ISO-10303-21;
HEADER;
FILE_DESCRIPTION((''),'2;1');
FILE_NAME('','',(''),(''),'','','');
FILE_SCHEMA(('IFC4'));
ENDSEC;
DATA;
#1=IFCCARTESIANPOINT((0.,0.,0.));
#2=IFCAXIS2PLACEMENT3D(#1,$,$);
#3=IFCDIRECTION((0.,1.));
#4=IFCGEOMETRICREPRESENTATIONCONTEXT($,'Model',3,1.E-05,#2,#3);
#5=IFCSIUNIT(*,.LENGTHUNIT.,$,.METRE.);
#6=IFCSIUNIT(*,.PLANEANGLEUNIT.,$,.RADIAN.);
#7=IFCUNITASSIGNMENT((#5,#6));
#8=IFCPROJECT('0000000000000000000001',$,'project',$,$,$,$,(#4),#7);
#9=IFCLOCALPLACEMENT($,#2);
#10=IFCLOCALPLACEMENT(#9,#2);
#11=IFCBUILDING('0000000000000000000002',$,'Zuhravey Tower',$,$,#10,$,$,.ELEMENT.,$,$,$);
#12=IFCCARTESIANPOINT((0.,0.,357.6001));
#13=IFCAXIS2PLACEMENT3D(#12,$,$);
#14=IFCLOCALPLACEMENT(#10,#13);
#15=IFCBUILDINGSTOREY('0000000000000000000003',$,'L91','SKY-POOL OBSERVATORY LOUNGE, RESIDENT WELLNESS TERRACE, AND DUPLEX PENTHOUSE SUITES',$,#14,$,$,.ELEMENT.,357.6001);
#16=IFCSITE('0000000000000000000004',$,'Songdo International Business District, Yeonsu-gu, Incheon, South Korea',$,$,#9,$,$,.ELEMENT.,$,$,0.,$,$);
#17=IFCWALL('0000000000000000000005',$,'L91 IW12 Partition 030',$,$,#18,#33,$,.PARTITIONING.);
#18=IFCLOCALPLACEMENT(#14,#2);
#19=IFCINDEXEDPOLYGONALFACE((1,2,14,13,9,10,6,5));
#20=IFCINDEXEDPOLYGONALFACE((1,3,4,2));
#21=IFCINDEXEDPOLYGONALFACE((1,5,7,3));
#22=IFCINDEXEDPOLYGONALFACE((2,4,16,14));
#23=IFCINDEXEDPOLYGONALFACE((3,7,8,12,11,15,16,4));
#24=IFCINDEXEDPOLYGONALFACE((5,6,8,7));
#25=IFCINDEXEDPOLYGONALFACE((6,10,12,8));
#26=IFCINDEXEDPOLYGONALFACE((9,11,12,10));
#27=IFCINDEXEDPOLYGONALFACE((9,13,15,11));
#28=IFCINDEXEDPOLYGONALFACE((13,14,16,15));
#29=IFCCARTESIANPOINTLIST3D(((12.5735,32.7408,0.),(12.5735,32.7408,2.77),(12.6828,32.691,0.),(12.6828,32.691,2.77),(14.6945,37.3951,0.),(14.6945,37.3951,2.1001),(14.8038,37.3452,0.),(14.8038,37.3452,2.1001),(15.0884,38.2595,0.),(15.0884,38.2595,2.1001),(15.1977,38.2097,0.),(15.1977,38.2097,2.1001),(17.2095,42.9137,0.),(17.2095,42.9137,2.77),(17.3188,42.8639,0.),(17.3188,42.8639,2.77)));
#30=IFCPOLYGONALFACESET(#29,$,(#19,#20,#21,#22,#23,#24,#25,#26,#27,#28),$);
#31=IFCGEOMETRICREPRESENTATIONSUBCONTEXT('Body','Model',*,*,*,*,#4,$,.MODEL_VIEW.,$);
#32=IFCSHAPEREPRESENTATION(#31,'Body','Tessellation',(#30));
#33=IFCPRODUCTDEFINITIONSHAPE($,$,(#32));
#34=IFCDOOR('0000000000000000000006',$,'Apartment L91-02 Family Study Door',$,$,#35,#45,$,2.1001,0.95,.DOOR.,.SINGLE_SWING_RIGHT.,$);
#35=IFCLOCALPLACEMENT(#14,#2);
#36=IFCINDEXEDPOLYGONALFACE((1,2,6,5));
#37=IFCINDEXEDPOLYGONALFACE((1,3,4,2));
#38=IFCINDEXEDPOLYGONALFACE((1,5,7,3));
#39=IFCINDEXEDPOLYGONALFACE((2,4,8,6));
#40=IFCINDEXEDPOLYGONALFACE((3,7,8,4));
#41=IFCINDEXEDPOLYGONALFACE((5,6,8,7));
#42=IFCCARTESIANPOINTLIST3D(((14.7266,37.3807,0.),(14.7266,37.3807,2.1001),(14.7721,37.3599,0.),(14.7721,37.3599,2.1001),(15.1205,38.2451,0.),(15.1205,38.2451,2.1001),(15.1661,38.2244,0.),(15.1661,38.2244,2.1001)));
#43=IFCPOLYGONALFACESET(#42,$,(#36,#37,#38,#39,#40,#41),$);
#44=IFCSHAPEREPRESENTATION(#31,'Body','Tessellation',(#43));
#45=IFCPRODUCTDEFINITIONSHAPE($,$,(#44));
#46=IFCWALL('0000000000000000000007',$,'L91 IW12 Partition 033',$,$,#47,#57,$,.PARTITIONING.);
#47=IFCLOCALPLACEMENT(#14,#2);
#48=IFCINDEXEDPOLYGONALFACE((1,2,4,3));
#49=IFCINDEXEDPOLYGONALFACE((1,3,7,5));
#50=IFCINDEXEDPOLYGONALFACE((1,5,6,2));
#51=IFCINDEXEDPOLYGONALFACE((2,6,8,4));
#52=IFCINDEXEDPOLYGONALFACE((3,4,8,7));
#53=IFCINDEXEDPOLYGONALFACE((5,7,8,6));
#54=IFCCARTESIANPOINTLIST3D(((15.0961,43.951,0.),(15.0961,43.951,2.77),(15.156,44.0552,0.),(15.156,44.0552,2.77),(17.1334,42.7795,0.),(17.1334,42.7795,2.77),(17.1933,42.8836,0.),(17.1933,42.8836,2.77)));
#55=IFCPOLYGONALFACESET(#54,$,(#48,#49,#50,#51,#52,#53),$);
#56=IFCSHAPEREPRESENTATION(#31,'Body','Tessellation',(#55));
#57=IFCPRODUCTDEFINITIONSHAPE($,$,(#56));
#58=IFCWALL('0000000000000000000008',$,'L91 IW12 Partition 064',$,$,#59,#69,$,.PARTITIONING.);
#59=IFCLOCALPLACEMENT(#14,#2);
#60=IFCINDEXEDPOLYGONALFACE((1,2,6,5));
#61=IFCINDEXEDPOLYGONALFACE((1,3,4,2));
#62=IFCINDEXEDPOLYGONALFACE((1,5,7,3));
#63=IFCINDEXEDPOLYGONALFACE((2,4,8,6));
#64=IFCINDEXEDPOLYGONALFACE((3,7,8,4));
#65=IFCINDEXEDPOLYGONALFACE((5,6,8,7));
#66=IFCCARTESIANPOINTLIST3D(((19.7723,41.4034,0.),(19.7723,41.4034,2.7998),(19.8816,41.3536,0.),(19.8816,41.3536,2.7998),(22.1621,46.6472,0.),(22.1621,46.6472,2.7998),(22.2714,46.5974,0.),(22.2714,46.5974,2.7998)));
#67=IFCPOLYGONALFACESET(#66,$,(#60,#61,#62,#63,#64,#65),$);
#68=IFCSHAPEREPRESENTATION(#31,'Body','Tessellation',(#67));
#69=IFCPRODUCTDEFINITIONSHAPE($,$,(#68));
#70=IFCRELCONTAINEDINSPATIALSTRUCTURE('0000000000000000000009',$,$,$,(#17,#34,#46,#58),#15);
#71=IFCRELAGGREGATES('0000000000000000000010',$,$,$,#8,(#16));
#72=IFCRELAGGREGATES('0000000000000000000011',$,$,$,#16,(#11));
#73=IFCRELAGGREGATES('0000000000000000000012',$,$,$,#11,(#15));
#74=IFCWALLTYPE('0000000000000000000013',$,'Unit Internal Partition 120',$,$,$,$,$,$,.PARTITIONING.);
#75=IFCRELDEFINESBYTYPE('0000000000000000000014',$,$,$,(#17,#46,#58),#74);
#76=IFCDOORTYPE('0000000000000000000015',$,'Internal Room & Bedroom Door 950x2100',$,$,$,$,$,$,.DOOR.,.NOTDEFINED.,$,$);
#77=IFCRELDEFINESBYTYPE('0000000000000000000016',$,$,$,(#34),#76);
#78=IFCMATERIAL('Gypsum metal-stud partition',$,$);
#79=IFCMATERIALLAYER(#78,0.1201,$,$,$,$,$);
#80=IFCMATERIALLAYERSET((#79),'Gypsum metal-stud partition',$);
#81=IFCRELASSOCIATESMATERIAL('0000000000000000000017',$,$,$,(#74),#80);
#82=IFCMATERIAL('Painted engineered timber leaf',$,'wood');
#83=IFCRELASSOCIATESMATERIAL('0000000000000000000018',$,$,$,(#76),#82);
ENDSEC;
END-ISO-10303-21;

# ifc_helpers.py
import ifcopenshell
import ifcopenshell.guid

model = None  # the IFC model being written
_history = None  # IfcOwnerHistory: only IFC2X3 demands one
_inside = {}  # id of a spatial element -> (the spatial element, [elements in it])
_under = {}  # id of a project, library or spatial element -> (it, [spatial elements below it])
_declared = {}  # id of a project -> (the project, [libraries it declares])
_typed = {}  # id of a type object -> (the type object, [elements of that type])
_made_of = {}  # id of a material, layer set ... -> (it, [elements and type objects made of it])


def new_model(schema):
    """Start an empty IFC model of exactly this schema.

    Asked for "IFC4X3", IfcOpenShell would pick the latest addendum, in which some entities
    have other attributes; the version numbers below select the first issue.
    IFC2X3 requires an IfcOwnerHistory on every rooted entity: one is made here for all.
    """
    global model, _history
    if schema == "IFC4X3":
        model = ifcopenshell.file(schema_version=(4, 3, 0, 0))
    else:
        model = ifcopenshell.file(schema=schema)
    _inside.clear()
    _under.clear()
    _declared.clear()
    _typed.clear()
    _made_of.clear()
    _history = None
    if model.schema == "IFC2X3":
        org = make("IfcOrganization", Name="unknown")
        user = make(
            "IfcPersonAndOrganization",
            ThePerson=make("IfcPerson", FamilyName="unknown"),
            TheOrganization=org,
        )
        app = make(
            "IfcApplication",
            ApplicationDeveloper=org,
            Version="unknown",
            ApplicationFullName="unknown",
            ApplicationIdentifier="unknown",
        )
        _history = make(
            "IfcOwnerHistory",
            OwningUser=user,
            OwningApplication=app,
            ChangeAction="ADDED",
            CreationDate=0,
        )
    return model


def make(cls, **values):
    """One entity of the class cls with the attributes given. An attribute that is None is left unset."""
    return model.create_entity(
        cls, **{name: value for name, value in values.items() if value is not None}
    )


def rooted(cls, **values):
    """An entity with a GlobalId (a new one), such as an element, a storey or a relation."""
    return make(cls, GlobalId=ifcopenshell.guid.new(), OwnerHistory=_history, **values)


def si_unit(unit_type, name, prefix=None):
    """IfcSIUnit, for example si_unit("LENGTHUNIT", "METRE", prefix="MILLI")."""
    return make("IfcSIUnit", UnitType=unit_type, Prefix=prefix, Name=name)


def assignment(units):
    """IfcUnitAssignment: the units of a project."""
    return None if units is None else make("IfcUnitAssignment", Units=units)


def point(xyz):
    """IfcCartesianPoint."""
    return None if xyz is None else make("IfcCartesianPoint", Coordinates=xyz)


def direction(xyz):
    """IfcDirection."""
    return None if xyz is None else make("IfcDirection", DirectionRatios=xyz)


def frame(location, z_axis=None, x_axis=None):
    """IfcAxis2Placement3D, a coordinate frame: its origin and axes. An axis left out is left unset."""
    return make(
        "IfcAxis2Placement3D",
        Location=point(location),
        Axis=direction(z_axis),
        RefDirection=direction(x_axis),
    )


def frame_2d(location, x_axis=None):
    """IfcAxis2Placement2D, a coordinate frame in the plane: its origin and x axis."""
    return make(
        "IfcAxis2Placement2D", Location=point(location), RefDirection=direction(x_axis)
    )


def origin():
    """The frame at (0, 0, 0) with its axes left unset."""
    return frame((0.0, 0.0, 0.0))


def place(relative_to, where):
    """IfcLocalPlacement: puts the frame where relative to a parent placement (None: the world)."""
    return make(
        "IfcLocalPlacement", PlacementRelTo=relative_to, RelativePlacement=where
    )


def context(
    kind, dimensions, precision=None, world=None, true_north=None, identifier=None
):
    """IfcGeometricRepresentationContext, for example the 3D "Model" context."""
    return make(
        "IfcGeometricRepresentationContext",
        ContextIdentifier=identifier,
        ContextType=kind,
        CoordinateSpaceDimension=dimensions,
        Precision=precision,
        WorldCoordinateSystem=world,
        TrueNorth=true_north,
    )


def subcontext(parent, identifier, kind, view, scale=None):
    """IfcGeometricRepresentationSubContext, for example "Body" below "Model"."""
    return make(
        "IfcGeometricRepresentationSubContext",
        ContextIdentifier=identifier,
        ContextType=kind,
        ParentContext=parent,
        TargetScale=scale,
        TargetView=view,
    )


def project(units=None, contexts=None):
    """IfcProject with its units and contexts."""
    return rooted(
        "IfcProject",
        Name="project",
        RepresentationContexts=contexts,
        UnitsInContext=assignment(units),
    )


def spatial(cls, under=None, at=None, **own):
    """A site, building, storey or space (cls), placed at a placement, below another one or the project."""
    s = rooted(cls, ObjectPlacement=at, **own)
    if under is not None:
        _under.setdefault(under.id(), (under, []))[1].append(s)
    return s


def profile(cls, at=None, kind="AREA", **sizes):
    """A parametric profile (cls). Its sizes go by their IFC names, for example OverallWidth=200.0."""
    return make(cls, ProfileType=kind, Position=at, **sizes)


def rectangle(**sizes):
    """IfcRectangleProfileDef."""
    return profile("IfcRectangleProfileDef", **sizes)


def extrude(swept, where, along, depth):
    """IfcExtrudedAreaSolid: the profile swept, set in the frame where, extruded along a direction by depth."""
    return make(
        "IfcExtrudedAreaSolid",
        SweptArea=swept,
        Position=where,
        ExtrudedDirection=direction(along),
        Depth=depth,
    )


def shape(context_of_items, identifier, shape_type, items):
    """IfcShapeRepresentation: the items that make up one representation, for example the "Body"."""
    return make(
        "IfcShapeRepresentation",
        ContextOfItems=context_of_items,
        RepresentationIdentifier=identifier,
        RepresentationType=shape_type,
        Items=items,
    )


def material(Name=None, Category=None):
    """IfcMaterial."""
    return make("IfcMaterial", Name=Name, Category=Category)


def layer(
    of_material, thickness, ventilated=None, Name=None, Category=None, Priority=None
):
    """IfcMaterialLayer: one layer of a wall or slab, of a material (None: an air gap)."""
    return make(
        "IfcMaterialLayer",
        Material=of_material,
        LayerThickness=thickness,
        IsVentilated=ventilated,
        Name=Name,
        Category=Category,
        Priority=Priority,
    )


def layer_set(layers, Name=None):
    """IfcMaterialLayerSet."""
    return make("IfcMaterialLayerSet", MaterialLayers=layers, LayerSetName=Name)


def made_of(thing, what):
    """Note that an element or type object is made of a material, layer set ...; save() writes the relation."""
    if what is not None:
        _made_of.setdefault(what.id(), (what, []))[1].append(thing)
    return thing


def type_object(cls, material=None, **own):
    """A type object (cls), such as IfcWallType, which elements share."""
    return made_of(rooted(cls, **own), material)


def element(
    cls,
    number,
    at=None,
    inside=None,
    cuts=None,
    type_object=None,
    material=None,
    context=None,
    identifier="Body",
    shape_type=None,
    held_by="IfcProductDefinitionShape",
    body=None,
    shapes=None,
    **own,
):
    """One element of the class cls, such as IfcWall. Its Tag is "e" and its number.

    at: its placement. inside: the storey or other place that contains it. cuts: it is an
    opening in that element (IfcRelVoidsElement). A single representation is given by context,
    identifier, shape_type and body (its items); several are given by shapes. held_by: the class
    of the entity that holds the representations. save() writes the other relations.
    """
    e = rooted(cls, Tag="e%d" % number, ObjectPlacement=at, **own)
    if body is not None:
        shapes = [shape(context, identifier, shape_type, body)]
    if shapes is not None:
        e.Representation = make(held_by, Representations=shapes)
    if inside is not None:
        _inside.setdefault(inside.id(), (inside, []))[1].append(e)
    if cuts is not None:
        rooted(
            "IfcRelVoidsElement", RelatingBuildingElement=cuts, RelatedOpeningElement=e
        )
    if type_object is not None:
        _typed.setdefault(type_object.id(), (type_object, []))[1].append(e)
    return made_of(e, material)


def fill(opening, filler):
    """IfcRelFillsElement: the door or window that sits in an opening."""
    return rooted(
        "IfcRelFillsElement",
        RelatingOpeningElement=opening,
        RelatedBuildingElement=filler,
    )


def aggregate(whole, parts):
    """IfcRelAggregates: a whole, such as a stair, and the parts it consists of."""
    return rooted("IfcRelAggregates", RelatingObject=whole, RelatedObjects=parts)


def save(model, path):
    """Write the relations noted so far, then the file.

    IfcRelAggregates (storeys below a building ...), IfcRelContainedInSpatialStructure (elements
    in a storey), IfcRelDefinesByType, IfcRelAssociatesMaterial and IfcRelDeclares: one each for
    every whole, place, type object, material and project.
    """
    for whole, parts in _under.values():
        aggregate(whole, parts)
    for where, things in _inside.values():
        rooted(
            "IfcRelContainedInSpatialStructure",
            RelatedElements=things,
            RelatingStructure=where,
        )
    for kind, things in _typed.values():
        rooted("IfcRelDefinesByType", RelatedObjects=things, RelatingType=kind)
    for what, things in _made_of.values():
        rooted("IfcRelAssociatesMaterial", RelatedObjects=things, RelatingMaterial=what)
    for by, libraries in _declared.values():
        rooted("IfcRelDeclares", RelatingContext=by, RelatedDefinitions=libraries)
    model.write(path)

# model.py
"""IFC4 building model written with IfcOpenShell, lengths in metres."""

from ifc_helpers import new_model, si_unit, direction, frame, frame_2d, origin, place, context, subcontext, project, spatial, rectangle, extrude, material, layer, layer_set, type_object, element, fill, save


model = new_model("IFC4")

# Units and contexts
model_context = context("Model", 3, precision=1e-05, world=origin(), true_north=direction((0.0, 1.0)))
body_context = subcontext(model_context, "Body", "Model", "MODEL_VIEW")
ifc_project = project(units=[si_unit("LENGTHUNIT", "METRE"), si_unit("PLANEANGLEUNIT", "RADIAN")], contexts=[model_context])

# Site, building, storey
site_placement = place(None, origin())
site = spatial("IfcSite", under=ifc_project, at=site_placement, Name="Songdo International Business District, Yeonsu-gu, Incheon, South Korea", CompositionType="ELEMENT", RefElevation=0.0)
building_placement = place(site_placement, origin())
building = spatial("IfcBuilding", under=site, at=building_placement, Name="Zuhravey Tower", CompositionType="ELEMENT")
storey_placement = place(building_placement, frame((0.0, 0.0, 357.6001)))
storey = spatial("IfcBuildingStorey", under=building, at=storey_placement, Name="L91", Description="SKY-POOL OBSERVATORY LOUNGE, RESIDENT WELLNESS TERRACE, AND DUPLEX PENTHOUSE SUITES", CompositionType="ELEMENT", Elevation=357.6001)

# Wall, opening, door
ifc_material_1 = material(Name="Gypsum metal-stud partition")
ifc_layer_1 = layer(ifc_material_1, 0.1201)
ifc_layer_set_1 = layer_set([ifc_layer_1], Name="Gypsum metal-stud partition")
wall_type_1 = type_object("IfcWallType", Name="Unit Internal Partition 120", PredefinedType="PARTITIONING", material=ifc_layer_set_1)
wall_1_placement = place(storey_placement, frame((17.2642, 42.8889, 0.0), z_axis=(0.0, 0.0, 1.0), x_axis=(-0.41469, -0.909963, 0.0)))
wall_1 = element("IfcWall", 1, at=wall_1_placement, inside=storey, type_object=wall_type_1, Name="L91 IW12 Partition 030", PredefinedType="PARTITIONING", context=body_context, shape_type="SweptSolid", body=[
    extrude(rectangle(XDim=11.1794, YDim=0.1201, at=frame_2d((5.5898, 0.0))), origin(), (0.0, 0.0, 1.0), 2.77),
])
opening_1_placement = place(wall_1_placement, frame((5.1147, 0.0, 0.0)))
opening_1 = element("IfcOpeningElement", 2, at=opening_1_placement, cuts=wall_1, PredefinedType="OPENING", context=body_context, shape_type="SweptSolid", body=[
    extrude(rectangle(XDim=0.95, YDim=2.1001, at=frame_2d((0.4751, 1.05))), frame((0.0, 0.072, 0.0), z_axis=(0.0, -1.0, 0.0), x_axis=(1.0, 0.0, 0.0)), (0.0, 0.0, 1.0), 0.144),
])
ifc_material_2 = material(Name="Painted engineered timber leaf", Category="wood")
door_type = type_object("IfcDoorType", Name="Internal Room & Bedroom Door 950x2100", OperationType="NOTDEFINED", PredefinedType="DOOR", material=ifc_material_2)
door_placement = place(opening_1_placement, frame((0.95, 0.0, 0.0), z_axis=(0.0, 0.0, 1.0), x_axis=(-1.0, 0.0, 0.0)))
door = element("IfcDoor", 3, at=door_placement, inside=storey, type_object=door_type, Name="Apartment L91-02 Family Study Door", OperationType="SINGLE_SWING_RIGHT", OverallHeight=2.1001, OverallWidth=0.95, PredefinedType="DOOR", context=body_context, shape_type="SweptSolid", body=[
    extrude(rectangle(XDim=0.95, YDim=2.1001, at=frame_2d((0.4751, 1.05))), frame((0.0, 0.0249, 0.0), z_axis=(0.0, -1.0, 0.0), x_axis=(1.0, 0.0, 0.0)), (0.0, 0.0, 1.0), 0.05),
])
fill(opening_1, door)

# Walls
wall_2_placement = place(storey_placement, frame((17.1633, 42.8315, 0.0), z_axis=(0.0, 0.0, 1.0), x_axis=(-0.866878, 0.49852, 0.0)))
element("IfcWall", 4, at=wall_2_placement, inside=storey, type_object=wall_type_1, Name="L91 IW12 Partition 033", PredefinedType="PARTITIONING", context=body_context, shape_type="SweptSolid", body=[
    extrude(rectangle(XDim=2.3501, YDim=0.1201, at=frame_2d((1.175, 0.0))), origin(), (0.0, 0.0, 1.0), 2.77),
])
wall_3_placement = place(storey_placement, frame((22.2168, 46.6223, 0.0), z_axis=(0.0, 0.0, 1.0), x_axis=(-0.414709, -0.909954, 0.0)))
element("IfcWall", 5, at=wall_3_placement, inside=storey, type_object=wall_type_1, Name="L91 IW12 Partition 064", PredefinedType="PARTITIONING", context=body_context, shape_type="SweptSolid", body=[
    extrude(rectangle(XDim=5.7627, YDim=0.1201, at=frame_2d((2.8813, 0.0))), origin(), (0.0, 0.0, 1.0), 2.7998),
])

save(model, "model.ifc")
